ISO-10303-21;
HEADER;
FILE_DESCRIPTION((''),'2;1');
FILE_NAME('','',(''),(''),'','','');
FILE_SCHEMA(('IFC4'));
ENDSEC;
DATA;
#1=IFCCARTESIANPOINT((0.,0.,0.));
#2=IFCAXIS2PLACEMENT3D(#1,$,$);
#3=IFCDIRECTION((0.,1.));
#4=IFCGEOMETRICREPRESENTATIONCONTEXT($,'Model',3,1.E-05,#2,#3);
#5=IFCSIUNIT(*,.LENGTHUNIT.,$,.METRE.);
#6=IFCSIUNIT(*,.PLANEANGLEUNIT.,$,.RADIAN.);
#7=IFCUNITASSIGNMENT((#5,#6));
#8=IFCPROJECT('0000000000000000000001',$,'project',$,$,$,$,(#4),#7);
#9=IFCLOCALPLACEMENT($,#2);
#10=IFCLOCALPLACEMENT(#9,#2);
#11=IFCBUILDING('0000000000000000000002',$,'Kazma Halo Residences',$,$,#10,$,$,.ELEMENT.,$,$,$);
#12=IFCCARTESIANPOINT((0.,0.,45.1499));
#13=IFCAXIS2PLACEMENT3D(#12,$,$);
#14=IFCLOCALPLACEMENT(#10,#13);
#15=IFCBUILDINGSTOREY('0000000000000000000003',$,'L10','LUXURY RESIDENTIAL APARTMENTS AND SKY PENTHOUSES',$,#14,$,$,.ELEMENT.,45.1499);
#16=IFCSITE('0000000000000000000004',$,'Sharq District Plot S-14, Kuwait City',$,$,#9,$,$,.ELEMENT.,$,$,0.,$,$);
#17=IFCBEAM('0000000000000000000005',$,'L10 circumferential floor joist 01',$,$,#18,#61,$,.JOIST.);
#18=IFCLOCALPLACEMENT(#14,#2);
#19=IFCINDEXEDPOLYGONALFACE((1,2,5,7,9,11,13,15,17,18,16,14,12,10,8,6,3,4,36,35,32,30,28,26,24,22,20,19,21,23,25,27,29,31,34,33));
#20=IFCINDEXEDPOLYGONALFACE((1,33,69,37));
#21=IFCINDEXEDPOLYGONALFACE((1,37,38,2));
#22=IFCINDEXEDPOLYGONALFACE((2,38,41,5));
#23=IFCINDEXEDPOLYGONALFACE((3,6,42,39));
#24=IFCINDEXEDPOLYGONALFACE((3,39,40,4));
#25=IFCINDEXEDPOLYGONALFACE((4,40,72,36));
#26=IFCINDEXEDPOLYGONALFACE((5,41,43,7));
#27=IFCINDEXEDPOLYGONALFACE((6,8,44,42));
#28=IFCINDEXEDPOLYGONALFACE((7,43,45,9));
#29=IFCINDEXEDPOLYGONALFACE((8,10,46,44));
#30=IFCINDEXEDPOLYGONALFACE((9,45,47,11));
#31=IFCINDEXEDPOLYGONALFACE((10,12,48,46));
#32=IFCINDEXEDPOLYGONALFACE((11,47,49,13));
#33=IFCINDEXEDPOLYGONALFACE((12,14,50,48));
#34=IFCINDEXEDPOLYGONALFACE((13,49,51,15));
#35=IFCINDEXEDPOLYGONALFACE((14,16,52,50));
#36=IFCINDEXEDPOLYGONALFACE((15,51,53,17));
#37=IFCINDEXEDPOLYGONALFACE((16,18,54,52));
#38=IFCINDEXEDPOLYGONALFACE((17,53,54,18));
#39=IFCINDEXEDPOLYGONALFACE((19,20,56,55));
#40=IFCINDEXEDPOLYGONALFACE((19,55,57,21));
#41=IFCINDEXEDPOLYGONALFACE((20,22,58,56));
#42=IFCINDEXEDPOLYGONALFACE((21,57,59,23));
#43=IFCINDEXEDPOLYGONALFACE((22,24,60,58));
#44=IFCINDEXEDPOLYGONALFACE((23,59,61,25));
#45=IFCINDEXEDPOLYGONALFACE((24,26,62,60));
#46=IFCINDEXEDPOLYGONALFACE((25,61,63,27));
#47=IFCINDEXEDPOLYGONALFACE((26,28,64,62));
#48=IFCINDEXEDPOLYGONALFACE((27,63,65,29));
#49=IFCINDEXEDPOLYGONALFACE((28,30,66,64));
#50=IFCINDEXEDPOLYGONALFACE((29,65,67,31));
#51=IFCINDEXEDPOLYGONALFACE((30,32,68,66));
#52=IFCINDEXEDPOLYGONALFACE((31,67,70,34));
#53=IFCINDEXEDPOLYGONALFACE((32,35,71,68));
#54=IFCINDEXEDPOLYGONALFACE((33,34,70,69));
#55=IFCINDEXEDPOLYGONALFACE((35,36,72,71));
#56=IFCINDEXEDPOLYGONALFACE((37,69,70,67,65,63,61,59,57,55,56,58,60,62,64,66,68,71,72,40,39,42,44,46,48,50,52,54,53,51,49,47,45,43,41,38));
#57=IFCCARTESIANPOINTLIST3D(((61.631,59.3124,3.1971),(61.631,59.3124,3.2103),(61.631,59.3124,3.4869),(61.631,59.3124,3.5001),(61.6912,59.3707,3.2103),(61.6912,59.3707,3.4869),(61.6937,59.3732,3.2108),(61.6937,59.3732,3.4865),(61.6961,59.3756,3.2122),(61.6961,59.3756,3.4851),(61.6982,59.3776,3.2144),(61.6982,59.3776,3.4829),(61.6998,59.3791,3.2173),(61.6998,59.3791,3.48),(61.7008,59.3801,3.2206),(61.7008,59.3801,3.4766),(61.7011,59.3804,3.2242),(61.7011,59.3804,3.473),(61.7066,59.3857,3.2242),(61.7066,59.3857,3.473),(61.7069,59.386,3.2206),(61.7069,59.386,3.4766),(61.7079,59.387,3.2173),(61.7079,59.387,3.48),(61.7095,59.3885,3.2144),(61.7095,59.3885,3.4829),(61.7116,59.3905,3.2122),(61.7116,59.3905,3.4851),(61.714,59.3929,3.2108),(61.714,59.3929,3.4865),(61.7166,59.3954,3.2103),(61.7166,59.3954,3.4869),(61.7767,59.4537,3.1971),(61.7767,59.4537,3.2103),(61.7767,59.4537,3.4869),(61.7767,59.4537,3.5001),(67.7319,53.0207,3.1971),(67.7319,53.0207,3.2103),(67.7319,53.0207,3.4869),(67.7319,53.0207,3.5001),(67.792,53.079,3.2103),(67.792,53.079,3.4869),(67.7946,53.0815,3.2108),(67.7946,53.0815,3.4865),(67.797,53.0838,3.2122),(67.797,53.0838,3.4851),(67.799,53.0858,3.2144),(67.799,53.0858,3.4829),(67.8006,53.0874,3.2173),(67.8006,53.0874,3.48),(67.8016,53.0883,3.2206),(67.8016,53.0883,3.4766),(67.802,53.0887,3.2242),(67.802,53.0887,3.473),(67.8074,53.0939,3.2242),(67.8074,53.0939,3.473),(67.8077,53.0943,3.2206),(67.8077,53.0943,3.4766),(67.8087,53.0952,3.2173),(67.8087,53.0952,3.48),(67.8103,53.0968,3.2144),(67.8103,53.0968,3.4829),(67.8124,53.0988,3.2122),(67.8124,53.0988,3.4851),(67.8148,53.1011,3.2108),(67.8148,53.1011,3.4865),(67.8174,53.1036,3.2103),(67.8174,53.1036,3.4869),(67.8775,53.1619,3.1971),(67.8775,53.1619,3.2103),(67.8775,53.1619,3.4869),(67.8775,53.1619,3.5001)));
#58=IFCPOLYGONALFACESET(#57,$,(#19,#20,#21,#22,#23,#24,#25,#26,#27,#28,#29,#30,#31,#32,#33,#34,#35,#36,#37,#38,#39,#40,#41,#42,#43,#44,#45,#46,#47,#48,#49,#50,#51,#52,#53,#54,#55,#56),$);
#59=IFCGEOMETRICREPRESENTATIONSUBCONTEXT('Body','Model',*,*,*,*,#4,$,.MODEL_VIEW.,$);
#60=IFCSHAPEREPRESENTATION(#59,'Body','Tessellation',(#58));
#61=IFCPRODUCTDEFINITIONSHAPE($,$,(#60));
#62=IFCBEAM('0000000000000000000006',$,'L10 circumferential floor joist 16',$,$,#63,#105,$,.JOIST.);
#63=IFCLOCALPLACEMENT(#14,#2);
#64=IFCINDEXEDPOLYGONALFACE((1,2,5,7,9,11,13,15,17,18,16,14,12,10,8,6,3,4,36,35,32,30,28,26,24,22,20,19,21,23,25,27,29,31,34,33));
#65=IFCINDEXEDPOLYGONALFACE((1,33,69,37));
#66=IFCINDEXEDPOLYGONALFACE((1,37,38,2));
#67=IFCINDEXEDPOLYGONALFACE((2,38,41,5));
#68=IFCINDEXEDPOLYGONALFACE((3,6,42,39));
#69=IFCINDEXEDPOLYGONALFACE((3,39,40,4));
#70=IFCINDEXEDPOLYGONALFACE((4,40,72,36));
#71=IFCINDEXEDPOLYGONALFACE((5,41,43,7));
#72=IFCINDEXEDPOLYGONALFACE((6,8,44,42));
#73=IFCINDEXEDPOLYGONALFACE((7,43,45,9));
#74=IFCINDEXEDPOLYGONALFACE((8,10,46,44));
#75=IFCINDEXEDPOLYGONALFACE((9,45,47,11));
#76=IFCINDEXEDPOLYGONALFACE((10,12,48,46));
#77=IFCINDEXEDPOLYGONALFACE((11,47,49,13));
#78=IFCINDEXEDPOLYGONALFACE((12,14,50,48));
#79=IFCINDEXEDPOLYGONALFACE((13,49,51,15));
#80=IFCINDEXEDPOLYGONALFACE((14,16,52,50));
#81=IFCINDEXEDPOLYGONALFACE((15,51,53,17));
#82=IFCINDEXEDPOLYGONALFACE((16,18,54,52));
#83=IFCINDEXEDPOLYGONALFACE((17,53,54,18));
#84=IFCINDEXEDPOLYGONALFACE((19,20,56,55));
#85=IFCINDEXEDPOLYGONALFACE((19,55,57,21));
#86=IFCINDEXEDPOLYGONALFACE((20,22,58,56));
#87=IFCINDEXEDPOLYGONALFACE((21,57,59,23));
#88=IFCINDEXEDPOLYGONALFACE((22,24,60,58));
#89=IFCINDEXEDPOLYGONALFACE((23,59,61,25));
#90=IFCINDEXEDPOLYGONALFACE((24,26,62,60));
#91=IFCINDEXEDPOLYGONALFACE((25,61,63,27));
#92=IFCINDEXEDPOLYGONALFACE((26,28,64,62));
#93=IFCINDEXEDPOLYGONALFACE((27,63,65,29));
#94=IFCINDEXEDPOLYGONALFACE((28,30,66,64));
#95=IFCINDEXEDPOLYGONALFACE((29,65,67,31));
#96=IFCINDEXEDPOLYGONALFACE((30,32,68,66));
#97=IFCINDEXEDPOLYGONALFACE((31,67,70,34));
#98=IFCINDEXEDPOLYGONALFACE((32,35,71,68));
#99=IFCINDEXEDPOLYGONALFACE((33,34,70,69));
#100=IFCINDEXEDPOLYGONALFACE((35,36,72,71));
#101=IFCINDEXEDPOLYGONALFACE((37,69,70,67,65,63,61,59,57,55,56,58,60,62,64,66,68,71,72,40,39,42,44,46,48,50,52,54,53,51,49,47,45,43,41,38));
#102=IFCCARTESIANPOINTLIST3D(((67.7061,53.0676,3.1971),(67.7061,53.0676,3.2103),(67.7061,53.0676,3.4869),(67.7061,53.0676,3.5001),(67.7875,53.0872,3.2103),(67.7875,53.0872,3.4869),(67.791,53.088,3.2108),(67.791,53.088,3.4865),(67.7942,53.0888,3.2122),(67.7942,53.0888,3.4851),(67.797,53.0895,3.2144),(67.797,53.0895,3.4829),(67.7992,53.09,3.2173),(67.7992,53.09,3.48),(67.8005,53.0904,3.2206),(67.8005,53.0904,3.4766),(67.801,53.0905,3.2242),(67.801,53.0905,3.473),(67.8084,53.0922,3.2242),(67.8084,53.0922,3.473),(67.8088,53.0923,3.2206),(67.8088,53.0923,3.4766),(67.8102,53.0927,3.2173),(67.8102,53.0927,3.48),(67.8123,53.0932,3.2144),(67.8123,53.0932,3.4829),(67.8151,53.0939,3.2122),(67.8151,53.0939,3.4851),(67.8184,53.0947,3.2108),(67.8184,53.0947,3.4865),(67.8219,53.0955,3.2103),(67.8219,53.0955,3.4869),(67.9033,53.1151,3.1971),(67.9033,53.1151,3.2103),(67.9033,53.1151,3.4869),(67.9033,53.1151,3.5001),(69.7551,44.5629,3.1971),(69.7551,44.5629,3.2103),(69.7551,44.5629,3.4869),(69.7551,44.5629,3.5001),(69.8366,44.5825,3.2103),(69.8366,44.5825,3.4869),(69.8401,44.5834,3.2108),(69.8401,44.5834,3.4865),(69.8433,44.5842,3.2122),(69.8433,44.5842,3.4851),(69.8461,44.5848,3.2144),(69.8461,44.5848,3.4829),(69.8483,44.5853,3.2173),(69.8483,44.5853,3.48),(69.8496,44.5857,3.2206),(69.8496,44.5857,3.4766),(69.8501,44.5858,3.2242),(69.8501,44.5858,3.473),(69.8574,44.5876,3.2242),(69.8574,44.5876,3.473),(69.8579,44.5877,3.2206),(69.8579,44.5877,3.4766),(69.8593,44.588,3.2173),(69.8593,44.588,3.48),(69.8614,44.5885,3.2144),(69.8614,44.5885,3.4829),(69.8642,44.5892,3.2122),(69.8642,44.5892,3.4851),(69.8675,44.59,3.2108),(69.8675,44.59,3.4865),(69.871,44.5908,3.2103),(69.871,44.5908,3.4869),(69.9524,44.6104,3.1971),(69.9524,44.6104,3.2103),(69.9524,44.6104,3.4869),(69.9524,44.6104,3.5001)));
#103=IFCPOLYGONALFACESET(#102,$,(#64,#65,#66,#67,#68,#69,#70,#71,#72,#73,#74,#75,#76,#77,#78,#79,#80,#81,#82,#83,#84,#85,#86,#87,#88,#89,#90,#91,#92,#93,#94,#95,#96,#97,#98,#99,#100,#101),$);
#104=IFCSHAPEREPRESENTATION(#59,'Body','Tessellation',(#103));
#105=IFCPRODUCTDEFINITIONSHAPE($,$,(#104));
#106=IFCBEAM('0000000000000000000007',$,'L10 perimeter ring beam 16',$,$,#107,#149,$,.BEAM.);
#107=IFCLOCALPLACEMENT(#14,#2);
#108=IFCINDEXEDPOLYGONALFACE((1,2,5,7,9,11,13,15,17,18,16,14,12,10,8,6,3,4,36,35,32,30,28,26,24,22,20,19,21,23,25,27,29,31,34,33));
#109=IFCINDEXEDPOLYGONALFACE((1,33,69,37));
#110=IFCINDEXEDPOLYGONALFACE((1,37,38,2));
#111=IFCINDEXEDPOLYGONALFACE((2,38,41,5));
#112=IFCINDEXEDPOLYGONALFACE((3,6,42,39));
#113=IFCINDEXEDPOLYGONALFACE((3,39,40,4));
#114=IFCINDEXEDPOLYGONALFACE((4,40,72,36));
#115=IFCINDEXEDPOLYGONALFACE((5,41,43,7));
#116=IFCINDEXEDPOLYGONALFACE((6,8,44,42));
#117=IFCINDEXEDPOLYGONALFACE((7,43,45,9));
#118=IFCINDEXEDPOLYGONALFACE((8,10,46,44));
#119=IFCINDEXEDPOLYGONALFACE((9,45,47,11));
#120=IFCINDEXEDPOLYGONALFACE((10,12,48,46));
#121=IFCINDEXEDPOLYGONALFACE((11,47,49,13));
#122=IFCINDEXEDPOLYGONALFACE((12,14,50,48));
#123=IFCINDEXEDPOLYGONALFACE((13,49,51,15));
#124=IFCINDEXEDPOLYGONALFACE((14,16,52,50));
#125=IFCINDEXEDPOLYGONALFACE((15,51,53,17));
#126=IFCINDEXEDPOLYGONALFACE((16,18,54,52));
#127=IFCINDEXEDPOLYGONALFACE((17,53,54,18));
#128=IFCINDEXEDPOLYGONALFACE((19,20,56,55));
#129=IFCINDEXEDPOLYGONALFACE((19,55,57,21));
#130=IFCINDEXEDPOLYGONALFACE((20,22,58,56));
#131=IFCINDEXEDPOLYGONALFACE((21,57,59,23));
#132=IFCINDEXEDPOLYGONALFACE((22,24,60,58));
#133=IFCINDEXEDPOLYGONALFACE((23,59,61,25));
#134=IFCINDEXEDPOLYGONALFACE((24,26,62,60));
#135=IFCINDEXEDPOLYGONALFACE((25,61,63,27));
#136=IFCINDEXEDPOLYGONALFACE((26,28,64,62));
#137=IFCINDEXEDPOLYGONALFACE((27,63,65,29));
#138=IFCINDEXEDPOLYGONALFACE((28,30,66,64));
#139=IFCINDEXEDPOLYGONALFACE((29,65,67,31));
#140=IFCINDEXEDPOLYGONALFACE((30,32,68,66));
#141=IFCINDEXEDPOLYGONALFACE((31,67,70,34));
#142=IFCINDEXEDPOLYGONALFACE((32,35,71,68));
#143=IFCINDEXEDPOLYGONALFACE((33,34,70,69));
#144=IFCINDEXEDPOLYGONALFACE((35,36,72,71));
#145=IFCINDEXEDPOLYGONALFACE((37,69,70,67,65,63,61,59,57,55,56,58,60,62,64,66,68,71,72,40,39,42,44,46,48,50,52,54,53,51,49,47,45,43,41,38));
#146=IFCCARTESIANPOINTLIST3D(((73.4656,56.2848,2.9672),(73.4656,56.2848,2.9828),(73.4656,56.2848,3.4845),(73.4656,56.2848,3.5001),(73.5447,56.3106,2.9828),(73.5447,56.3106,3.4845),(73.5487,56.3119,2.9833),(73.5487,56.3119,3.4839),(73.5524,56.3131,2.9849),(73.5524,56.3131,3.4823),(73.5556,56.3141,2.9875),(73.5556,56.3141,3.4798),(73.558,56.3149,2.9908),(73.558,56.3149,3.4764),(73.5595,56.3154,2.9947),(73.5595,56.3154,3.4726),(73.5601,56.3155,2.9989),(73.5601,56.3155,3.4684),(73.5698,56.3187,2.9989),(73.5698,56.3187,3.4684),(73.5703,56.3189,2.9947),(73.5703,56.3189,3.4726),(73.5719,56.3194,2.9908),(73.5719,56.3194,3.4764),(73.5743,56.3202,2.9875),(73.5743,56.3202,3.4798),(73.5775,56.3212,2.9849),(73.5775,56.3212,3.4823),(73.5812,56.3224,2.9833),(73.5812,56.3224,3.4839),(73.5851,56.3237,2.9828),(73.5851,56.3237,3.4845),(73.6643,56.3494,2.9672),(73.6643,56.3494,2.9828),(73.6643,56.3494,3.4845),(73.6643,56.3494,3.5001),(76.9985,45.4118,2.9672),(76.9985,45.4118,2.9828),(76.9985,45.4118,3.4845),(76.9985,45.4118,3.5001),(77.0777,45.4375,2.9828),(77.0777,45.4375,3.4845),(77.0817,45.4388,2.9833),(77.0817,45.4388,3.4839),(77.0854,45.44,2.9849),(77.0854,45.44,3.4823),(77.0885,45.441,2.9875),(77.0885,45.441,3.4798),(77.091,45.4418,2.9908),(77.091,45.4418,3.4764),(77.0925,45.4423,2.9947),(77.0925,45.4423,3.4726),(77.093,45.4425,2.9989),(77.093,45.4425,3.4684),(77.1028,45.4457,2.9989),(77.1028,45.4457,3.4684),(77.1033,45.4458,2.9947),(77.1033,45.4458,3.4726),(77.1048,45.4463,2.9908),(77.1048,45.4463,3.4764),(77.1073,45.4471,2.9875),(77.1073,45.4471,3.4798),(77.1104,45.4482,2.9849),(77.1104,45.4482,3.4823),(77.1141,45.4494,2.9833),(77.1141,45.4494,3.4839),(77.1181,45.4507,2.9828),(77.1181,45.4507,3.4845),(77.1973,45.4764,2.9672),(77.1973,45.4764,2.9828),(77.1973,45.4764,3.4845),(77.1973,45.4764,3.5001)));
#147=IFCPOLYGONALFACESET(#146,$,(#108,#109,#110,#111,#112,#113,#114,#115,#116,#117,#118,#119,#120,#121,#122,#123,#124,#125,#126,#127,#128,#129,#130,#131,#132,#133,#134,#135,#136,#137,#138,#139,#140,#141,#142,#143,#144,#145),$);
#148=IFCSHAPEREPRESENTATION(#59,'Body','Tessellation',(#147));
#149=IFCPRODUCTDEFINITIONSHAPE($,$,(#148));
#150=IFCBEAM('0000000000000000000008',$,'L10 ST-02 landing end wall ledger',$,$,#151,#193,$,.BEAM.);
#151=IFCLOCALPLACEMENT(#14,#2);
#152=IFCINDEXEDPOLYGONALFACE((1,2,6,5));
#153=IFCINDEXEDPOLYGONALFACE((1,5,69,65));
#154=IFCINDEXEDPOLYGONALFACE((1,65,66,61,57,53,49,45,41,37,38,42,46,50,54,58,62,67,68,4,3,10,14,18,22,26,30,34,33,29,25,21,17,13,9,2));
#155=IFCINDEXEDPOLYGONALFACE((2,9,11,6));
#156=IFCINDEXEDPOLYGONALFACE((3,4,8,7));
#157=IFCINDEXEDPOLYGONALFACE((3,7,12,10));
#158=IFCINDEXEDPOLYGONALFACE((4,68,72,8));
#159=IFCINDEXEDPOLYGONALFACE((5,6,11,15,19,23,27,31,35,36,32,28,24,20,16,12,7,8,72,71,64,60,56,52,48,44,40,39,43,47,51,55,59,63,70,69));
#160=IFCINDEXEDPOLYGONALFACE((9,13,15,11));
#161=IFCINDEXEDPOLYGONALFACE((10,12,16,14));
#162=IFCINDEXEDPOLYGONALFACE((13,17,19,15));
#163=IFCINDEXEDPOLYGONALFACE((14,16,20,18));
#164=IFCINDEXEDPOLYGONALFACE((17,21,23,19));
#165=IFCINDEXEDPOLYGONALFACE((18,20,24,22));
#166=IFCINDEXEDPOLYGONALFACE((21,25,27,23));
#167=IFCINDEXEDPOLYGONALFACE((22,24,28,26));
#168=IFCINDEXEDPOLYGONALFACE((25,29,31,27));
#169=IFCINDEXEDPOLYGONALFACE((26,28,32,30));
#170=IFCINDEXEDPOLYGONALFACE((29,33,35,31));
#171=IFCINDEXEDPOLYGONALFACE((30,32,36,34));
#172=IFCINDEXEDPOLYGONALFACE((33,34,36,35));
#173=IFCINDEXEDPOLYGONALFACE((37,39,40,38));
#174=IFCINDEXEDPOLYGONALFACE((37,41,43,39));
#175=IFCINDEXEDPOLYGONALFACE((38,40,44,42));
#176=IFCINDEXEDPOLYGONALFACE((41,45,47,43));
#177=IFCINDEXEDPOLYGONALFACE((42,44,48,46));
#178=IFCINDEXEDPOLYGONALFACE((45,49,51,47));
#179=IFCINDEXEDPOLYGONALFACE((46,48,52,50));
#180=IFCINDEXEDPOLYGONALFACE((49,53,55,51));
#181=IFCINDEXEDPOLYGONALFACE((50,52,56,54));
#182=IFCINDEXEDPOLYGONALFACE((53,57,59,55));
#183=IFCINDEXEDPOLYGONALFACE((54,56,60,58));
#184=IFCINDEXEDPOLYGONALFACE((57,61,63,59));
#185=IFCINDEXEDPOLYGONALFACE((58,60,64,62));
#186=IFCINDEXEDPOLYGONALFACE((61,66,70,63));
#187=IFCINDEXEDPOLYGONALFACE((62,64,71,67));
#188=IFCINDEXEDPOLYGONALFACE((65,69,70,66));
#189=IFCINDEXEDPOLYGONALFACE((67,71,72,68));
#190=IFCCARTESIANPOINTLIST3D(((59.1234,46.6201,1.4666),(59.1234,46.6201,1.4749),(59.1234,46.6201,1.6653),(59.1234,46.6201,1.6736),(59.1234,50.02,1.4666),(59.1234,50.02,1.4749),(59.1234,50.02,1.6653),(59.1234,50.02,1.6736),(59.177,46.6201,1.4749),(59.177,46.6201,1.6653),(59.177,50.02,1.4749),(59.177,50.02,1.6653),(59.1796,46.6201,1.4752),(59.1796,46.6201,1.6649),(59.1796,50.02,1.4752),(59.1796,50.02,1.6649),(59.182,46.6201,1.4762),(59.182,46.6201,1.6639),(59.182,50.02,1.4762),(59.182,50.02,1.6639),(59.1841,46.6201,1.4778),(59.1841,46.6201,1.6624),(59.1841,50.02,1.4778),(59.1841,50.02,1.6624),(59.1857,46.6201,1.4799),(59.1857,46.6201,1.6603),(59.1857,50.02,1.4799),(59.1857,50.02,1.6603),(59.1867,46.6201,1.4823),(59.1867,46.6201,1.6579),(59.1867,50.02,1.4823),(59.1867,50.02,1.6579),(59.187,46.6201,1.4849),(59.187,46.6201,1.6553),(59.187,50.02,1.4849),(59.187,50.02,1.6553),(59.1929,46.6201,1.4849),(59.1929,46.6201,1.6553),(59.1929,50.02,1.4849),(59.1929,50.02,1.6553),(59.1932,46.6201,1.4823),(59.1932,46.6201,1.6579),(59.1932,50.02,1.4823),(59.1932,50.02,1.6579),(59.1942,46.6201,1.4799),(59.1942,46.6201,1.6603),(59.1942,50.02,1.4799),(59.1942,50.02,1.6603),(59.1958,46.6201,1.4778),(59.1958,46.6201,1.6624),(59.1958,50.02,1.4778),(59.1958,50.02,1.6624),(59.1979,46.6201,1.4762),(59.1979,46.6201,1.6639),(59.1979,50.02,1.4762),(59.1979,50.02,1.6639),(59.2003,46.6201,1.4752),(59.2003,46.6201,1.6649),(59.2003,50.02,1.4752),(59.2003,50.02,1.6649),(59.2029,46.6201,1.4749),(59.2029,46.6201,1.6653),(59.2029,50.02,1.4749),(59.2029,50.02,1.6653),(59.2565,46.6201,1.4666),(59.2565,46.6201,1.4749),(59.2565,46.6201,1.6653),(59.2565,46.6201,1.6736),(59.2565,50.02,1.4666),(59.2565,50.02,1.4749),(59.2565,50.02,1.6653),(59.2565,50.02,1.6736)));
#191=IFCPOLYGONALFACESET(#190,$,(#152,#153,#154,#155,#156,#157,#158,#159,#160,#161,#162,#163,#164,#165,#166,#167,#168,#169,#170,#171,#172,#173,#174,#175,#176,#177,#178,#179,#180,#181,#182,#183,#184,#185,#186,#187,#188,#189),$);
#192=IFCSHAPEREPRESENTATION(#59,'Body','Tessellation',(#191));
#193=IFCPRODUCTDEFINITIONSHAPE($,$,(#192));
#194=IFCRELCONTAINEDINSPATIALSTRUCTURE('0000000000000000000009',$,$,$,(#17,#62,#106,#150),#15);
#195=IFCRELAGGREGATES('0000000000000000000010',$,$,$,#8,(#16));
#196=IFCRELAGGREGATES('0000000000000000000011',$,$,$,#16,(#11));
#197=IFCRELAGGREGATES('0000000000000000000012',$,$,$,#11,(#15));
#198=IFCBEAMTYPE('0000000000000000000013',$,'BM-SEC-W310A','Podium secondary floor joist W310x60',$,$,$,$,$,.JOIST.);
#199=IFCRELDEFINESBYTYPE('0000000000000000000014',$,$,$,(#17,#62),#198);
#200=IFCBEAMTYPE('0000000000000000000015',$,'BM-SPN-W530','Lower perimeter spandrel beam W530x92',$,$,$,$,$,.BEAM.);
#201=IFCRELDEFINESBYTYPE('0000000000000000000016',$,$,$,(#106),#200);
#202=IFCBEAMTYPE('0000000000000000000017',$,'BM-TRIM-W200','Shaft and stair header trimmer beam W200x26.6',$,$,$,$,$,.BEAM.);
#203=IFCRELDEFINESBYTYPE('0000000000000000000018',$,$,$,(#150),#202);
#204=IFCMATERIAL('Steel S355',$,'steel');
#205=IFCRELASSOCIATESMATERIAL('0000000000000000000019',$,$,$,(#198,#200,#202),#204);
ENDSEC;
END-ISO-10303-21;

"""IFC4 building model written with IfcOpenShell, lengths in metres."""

from ifc_helpers import new_model, si_unit, direction, frame, origin, origin_2d, place, context, subcontext, project, spatial, i_section, extrude, material, material_profile, profile_set, type_object, element, save


model = new_model("IFC4")

# Units and contexts
model_context = context("Model", 3, precision=1e-05, world=origin(), true_north=direction((0.0, 1.0)))
body_context = subcontext(model_context, "Body", "Model", "MODEL_VIEW")
ifc_project = project(units=[si_unit("LENGTHUNIT", "METRE"), si_unit("PLANEANGLEUNIT", "RADIAN")], contexts=[model_context])

# Site, building, storey
site_placement = place(None, origin())
site = spatial("IfcSite", under=ifc_project, at=site_placement, Name="Sharq District Plot S-14, Kuwait City", CompositionType="ELEMENT", RefElevation=0.0)
building_placement = place(site_placement, origin())
building = spatial("IfcBuilding", under=site, at=building_placement, Name="Kazma Halo Residences", CompositionType="ELEMENT")
storey_placement = place(building_placement, frame((0.0, 0.0, 45.1499)))
storey = spatial("IfcBuildingStorey", under=building, at=storey_placement, Name="L10", Description="LUXURY RESIDENTIAL APARTMENTS AND SKY PENTHOUSES", CompositionType="ELEMENT", Elevation=45.1499)

# Beams
ifc_material_1 = material(Name="Steel S355", Category="steel")
ifc_material_profile_1 = material_profile(ifc_material_1, i_section(OverallWidth=0.2029, OverallDepth=0.303, WebThickness=0.0076, FlangeThickness=0.0132, FilletRadius=0.0139, at=origin_2d()), Name="W310x60")
ifc_profile_set_1 = profile_set([ifc_material_profile_1], Name="Steel S355")
beam_type_1 = type_object("IfcBeamType", Name="BM-SEC-W310A", Description="Podium secondary floor joist W310x60", PredefinedType="JOIST", material=ifc_profile_set_1)
beam_1_placement = place(storey_placement, frame((67.8047, 53.0913, 3.3486), z_axis=(-0.696131, 0.717915, 0.0), x_axis=(-0.717915, -0.696131, 0.0)))
element("IfcBeam", 1, at=beam_1_placement, inside=storey, type_object=beam_type_1, Name="L10 circumferential floor joist 01", PredefinedType="JOIST", context=body_context, shape_type="SweptSolid", body=[
    extrude(i_section(OverallWidth=0.2029, OverallDepth=0.303, WebThickness=0.0076, FlangeThickness=0.0132, FilletRadius=0.0139, at=origin_2d()), origin(), (0.0, 0.0, 1.0), 8.7639),
])
beam_2_placement = place(storey_placement, frame((69.8538, 44.5867, 3.3486), z_axis=(-0.234233, 0.97218, 0.0), x_axis=(-0.97218, -0.234233, 0.0)))
element("IfcBeam", 2, at=beam_2_placement, inside=storey, type_object=beam_type_1, Name="L10 circumferential floor joist 16", PredefinedType="JOIST", context=body_context, shape_type="SweptSolid", body=[
    extrude(i_section(OverallWidth=0.2029, OverallDepth=0.303, WebThickness=0.0076, FlangeThickness=0.0132, FilletRadius=0.0139, at=origin_2d()), origin(), (0.0, 0.0, 1.0), 8.748),
])
ifc_material_profile_2 = material_profile(ifc_material_1, i_section(OverallWidth=0.209, OverallDepth=0.533, WebThickness=0.0103, FlangeThickness=0.0156, FilletRadius=0.0161, at=origin_2d()), Name="W530x92")
ifc_profile_set_2 = profile_set([ifc_material_profile_2], Name="Steel S355")
beam_type_2 = type_object("IfcBeamType", Name="BM-SPN-W530", Description="Lower perimeter spandrel beam W530x92", PredefinedType="BEAM", material=ifc_profile_set_2)
beam_3_placement = place(storey_placement, frame((77.0979, 45.4441, 3.2336), z_axis=(-0.309024, 0.951054, 0.0), x_axis=(-0.951054, -0.309024, 0.0)))
element("IfcBeam", 3, at=beam_3_placement, inside=storey, type_object=beam_type_2, Name="L10 perimeter ring beam 16", PredefinedType="BEAM", context=body_context, shape_type="SweptSolid", body=[
    extrude(i_section(OverallWidth=0.209, OverallDepth=0.533, WebThickness=0.0103, FlangeThickness=0.0156, FilletRadius=0.0161, at=origin_2d()), origin(), (0.0, 0.0, 1.0), 11.4326),
])
ifc_material_profile_3 = material_profile(ifc_material_1, i_section(OverallWidth=0.1331, OverallDepth=0.207, WebThickness=0.0059, FlangeThickness=0.0083, FilletRadius=0.01, at=origin_2d()), Name="W200x26.6")
ifc_profile_set_3 = profile_set([ifc_material_profile_3], Name="Steel S355")
beam_type_3 = type_object("IfcBeamType", Name="BM-TRIM-W200", Description="Shaft and stair header trimmer beam W200x26.6", PredefinedType="BEAM", material=ifc_profile_set_3)
beam_4_placement = place(storey_placement, frame((59.1899, 46.6201, 1.5701), z_axis=(0.0, 1.0, 0.0), x_axis=(-1.0, 0.0, 0.0)))
element("IfcBeam", 4, at=beam_4_placement, inside=storey, type_object=beam_type_3, Name="L10 ST-02 landing end wall ledger", PredefinedType="BEAM", context=body_context, shape_type="SweptSolid", body=[
    extrude(i_section(OverallWidth=0.1331, OverallDepth=0.207, WebThickness=0.0059, FlangeThickness=0.0083, FilletRadius=0.01, at=origin_2d()), origin(), (0.0, 0.0, 1.0), 3.3999),
])

save(model, "model.ifc")
